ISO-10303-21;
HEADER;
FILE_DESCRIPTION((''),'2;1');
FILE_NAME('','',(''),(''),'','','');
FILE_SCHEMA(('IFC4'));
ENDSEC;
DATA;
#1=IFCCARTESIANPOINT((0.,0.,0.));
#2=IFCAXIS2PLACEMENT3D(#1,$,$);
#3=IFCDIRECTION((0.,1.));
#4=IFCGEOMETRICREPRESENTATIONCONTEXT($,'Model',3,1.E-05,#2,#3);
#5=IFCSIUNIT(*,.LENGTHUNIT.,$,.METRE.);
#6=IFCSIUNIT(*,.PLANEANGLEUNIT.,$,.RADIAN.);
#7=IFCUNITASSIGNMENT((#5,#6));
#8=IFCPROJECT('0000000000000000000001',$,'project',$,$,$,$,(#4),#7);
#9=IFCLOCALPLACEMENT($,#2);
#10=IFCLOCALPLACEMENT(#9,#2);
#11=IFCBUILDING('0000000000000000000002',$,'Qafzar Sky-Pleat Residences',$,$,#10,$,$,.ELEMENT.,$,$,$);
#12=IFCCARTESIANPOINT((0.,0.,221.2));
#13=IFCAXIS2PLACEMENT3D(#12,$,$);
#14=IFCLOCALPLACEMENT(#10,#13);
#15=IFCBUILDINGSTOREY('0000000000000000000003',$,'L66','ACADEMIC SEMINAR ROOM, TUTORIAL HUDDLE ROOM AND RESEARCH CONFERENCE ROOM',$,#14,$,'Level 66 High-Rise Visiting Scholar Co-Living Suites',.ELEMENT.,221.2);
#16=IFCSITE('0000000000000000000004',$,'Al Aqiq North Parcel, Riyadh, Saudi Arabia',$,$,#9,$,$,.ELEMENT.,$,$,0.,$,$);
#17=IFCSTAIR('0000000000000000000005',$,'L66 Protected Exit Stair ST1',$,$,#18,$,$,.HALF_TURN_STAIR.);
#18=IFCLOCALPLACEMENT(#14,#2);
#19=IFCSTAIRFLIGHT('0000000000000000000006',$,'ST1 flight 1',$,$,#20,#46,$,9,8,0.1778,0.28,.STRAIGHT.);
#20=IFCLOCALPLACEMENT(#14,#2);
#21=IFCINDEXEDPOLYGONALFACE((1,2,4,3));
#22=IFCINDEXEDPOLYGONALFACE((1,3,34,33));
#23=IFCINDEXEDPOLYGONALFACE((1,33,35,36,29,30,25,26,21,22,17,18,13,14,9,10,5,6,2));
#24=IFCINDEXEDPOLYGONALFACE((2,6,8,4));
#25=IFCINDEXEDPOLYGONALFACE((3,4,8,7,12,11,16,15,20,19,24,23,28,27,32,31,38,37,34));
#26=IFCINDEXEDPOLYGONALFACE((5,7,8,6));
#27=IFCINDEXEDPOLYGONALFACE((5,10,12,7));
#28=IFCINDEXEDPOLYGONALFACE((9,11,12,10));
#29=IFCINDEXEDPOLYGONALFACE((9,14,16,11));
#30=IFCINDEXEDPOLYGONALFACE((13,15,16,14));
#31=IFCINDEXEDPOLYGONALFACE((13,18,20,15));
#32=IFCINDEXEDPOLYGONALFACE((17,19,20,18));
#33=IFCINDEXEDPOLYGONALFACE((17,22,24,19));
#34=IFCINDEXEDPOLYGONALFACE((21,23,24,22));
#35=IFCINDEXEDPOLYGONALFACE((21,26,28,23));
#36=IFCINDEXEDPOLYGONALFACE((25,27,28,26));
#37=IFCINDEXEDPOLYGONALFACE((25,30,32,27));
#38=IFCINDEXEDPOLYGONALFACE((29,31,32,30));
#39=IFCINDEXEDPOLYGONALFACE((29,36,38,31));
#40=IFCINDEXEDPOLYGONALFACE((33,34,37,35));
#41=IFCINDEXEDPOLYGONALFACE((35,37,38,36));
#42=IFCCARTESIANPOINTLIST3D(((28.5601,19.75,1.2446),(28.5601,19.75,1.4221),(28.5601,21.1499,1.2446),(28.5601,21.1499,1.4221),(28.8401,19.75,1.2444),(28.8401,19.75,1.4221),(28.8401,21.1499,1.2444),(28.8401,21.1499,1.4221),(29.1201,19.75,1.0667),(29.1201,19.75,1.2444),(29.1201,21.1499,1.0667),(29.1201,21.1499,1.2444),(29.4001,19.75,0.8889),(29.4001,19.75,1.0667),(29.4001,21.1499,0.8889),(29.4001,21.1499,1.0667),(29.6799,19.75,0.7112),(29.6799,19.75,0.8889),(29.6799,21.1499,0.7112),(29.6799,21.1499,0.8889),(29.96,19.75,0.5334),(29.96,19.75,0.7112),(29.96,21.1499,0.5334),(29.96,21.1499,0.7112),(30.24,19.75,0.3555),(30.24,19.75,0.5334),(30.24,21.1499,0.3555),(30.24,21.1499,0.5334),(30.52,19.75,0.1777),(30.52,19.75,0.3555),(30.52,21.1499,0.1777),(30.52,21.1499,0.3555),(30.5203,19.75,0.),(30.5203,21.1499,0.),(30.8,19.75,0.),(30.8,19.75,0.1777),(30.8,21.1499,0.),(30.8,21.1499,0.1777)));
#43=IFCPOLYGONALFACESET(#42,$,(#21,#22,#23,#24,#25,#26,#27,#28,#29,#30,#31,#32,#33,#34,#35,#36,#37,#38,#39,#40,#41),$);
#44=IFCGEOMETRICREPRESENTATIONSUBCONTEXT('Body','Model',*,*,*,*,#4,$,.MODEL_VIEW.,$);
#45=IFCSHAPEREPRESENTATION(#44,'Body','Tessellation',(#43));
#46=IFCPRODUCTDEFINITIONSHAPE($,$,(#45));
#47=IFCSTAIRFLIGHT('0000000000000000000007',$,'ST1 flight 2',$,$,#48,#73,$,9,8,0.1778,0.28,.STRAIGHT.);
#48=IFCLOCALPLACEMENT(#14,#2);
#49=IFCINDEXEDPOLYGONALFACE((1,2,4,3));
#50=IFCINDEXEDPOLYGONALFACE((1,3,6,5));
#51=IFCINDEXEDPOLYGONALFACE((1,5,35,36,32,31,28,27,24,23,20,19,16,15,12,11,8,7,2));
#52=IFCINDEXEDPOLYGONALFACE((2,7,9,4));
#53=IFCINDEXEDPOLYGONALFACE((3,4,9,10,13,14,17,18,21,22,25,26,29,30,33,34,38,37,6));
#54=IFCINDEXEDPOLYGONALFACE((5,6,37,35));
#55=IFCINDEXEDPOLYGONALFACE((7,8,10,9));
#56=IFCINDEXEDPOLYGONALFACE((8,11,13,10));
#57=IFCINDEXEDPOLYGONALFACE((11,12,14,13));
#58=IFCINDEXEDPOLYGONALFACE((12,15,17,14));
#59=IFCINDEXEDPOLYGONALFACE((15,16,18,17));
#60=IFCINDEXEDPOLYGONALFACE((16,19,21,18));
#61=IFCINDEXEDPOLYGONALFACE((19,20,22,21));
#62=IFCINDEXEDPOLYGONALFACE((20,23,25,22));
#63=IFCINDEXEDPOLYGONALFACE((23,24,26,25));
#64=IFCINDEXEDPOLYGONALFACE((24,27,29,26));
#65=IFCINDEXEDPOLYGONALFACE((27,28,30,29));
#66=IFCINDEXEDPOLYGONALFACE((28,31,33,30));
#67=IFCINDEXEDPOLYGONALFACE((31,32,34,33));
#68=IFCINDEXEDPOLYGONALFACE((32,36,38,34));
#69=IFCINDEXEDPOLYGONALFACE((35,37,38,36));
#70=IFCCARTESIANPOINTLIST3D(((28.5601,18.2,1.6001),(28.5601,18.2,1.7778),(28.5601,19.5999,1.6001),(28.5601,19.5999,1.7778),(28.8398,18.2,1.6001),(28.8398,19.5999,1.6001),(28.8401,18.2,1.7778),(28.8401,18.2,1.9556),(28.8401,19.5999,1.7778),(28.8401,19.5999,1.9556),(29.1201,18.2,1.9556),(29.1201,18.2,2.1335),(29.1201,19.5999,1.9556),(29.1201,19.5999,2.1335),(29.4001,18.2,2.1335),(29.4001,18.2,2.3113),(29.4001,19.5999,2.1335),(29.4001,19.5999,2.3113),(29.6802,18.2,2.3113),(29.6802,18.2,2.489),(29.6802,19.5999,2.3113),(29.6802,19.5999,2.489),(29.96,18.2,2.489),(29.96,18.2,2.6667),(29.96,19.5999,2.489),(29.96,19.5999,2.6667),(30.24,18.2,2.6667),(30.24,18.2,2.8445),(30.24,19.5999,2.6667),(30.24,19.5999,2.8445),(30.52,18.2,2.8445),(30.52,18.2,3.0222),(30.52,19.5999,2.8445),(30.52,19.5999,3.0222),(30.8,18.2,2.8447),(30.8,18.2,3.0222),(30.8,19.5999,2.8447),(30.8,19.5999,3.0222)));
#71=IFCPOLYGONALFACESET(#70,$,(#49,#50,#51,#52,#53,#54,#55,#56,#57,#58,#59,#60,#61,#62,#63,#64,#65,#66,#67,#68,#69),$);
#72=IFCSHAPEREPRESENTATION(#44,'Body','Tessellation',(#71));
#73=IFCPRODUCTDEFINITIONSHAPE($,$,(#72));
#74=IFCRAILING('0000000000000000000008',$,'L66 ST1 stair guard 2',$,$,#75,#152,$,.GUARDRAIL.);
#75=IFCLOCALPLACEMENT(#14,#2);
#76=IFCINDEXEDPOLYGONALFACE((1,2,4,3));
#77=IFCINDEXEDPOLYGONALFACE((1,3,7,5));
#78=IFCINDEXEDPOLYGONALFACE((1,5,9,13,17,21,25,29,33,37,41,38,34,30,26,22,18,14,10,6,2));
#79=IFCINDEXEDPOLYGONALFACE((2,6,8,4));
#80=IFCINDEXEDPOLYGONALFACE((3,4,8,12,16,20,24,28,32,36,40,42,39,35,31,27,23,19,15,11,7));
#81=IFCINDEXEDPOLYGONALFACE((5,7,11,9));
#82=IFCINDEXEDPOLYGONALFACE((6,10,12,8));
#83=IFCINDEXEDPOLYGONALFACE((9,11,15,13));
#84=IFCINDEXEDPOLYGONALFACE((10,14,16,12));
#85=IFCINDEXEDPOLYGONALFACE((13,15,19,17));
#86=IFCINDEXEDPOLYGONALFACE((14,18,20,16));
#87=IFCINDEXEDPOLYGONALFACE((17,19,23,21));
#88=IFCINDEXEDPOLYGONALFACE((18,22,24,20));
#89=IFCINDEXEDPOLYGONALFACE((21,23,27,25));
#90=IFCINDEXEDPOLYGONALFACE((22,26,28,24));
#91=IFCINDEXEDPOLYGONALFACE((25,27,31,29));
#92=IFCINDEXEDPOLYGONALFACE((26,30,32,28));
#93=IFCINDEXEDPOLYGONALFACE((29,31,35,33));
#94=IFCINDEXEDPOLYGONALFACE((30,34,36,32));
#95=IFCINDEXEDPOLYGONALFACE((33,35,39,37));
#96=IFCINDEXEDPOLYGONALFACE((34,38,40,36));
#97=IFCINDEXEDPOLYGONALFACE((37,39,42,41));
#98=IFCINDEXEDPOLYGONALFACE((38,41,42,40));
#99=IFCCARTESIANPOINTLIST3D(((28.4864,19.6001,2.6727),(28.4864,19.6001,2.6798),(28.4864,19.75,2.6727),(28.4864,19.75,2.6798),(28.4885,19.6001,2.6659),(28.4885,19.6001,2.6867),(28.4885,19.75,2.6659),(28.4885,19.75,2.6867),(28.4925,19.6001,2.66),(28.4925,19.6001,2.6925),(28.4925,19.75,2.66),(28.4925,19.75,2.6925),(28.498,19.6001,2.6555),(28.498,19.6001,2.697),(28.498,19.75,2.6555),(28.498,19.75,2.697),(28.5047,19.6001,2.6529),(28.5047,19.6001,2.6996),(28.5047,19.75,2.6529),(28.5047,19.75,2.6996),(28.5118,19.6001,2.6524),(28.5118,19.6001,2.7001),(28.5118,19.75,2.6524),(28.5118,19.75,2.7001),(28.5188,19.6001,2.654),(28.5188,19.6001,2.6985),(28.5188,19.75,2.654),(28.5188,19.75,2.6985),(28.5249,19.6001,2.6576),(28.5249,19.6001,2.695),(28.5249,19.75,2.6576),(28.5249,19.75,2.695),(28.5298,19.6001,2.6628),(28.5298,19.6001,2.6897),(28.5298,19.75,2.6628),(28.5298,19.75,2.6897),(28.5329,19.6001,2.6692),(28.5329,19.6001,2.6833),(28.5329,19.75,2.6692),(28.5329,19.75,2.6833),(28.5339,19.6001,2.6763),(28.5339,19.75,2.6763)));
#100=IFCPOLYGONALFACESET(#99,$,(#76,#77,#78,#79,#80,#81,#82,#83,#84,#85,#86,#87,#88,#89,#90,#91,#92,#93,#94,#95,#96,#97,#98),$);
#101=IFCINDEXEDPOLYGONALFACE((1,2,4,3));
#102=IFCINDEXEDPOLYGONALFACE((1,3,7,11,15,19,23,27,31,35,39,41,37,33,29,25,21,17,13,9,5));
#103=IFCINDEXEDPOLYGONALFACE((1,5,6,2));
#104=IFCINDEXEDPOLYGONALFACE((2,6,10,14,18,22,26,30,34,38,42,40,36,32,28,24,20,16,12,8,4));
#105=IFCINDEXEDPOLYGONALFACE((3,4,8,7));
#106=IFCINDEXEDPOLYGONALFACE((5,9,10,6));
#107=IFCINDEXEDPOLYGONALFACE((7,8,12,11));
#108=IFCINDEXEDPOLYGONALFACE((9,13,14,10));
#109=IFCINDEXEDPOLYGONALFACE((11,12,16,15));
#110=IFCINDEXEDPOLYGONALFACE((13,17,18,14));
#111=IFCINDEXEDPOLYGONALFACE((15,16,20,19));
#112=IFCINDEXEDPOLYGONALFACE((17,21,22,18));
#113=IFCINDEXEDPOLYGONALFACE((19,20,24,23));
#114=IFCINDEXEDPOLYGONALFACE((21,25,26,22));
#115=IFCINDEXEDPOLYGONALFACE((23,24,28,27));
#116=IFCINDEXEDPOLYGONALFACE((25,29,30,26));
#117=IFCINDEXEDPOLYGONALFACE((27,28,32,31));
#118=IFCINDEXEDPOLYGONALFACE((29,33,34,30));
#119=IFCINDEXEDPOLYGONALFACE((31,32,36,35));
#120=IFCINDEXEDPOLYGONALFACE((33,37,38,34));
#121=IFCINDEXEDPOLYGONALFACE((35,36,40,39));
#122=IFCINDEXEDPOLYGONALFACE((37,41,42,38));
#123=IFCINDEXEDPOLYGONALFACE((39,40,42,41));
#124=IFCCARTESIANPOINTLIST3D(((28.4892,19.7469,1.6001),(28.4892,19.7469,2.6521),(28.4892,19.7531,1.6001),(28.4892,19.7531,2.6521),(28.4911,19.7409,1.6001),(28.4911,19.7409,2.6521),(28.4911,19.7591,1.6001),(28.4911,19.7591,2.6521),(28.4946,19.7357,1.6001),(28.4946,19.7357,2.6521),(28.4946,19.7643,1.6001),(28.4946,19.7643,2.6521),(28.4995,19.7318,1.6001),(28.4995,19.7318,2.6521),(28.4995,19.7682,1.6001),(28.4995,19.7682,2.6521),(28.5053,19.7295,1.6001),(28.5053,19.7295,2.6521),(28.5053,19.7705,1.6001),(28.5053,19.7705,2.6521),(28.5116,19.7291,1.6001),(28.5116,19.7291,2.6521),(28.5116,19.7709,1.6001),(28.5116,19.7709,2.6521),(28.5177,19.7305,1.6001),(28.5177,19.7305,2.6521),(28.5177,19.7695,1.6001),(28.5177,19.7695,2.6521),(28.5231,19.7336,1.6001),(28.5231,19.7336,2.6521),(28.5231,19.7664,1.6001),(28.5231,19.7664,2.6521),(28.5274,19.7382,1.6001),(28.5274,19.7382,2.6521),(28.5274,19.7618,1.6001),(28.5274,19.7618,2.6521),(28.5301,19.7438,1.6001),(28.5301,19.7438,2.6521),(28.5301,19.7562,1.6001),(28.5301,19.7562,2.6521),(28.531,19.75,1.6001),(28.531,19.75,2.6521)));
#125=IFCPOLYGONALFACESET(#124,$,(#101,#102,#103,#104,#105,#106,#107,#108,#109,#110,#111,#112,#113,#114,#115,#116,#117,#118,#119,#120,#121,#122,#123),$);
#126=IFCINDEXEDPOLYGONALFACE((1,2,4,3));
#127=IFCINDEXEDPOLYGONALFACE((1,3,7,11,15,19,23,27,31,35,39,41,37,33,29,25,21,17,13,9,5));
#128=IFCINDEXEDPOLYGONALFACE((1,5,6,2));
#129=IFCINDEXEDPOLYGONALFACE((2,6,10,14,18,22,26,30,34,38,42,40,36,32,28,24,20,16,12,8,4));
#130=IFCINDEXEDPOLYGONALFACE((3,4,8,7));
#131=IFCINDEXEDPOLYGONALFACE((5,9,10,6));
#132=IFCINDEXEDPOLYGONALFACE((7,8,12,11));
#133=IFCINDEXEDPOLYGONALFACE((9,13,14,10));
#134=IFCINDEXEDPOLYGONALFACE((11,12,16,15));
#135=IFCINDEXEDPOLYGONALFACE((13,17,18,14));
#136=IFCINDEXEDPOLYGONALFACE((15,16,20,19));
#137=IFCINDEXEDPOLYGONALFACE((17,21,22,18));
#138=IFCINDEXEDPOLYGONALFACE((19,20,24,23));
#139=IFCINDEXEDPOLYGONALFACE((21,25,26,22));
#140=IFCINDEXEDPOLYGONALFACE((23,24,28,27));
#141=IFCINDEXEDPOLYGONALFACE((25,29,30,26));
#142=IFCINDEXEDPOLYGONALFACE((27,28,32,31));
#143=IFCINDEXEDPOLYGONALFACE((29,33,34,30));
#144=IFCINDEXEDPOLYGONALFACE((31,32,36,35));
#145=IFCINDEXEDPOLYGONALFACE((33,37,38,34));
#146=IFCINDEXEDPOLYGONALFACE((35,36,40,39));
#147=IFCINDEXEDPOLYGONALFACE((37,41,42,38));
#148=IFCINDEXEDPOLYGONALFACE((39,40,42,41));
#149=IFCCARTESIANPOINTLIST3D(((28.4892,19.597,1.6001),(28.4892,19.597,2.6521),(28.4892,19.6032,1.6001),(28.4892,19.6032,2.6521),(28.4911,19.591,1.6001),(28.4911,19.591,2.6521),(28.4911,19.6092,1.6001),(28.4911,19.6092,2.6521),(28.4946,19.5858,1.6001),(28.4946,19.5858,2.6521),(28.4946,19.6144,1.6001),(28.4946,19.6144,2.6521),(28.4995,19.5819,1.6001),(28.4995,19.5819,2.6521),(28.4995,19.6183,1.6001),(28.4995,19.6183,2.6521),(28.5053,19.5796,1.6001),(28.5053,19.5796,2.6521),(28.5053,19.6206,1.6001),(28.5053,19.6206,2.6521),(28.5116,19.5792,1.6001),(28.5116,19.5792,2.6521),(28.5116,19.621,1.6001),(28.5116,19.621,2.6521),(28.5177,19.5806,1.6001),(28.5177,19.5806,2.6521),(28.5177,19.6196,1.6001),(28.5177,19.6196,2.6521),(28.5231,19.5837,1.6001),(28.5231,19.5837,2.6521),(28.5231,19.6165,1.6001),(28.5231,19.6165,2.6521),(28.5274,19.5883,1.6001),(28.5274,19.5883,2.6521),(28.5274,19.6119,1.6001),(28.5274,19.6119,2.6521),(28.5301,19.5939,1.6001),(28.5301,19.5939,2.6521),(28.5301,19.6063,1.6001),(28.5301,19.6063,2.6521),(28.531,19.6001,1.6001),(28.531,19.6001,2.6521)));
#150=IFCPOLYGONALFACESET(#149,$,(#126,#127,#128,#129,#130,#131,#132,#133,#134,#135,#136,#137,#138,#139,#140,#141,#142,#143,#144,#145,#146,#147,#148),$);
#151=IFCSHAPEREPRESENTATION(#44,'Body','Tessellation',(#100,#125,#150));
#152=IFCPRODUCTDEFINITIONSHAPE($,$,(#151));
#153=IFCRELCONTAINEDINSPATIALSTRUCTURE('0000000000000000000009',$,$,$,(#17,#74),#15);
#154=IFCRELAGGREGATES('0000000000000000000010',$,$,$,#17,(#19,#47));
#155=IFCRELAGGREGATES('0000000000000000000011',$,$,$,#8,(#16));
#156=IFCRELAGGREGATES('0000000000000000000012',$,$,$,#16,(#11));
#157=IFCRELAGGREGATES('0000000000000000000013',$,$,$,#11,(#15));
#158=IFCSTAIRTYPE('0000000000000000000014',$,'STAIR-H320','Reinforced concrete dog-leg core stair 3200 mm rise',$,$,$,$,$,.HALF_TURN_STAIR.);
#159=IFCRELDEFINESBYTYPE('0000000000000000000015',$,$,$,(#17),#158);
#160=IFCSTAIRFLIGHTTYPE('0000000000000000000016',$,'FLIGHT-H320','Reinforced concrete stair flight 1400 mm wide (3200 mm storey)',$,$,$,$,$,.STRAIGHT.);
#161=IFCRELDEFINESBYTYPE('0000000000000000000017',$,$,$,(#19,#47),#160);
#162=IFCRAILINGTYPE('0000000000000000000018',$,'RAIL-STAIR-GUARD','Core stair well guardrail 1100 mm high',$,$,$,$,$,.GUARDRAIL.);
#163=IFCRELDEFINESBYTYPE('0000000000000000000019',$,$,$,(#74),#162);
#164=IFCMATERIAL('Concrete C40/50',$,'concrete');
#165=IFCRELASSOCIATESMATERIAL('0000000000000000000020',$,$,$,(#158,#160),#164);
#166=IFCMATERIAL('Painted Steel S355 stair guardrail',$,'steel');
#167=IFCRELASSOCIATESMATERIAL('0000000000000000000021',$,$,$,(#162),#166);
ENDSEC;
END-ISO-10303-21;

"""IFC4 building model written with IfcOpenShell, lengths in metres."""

from ifc_helpers import new_model, si_unit, direction, frame, origin, origin_2d, place, context, subcontext, project, spatial, polyline, circle, outline, extrude, source, transform, mapped, material, type_object, element, aggregate, save


model = new_model("IFC4")

# Units and contexts
model_context = context("Model", 3, precision=1e-05, world=origin(), true_north=direction((0.0, 1.0)))
body_context = subcontext(model_context, "Body", "Model", "MODEL_VIEW")
ifc_project = project(units=[si_unit("LENGTHUNIT", "METRE"), si_unit("PLANEANGLEUNIT", "RADIAN")], contexts=[model_context])

# Site, building, storey
site_placement = place(None, origin())
site = spatial("IfcSite", under=ifc_project, at=site_placement, Name="Al Aqiq North Parcel, Riyadh, Saudi Arabia", CompositionType="ELEMENT", RefElevation=0.0)
building_placement = place(site_placement, origin())
building = spatial("IfcBuilding", under=site, at=building_placement, Name="Qafzar Sky-Pleat Residences", CompositionType="ELEMENT")
storey_placement = place(building_placement, frame((0.0, 0.0, 221.2)))
storey = spatial("IfcBuildingStorey", under=building, at=storey_placement, Name="L66", Description="ACADEMIC SEMINAR ROOM, TUTORIAL HUDDLE ROOM AND RESEARCH CONFERENCE ROOM", LongName="Level 66 High-Rise Visiting Scholar Co-Living Suites", CompositionType="ELEMENT", Elevation=221.2)

# Stair, stair flights
ifc_material_1 = material(Name="Concrete C40/50", Category="concrete")
stair_type = type_object("IfcStairType", Name="STAIR-H320", Description="Reinforced concrete dog-leg core stair 3200 mm rise", PredefinedType="HALF_TURN_STAIR", material=ifc_material_1)
stair_placement = place(storey_placement, origin())
stair = element("IfcStair", 1, at=stair_placement, inside=storey, type_object=stair_type, Name="L66 Protected Exit Stair ST1", PredefinedType="HALF_TURN_STAIR")
stair_flight_type = type_object("IfcStairFlightType", Name="FLIGHT-H320", Description="Reinforced concrete stair flight 1400 mm wide (3200 mm storey)", PredefinedType="STRAIGHT", material=ifc_material_1)
shared_shape_1 = source(origin(), body_context, "Body", "SweptSolid", [
    extrude(outline(polyline([(0.0, 0.0), (0.0, 0.1777), (0.28, 0.1777), (0.28, 0.3555), (0.5601, 0.3555), (0.5601, 0.5334), (0.8401, 0.5334), (0.8401, 0.7112), (1.1201, 0.7112), (1.1201, 0.8889), (1.3999, 0.8889), (1.3999, 1.0667), (1.6799, 1.0667), (1.6799, 1.2444), (1.96, 1.2444), (1.96, 1.4221), (2.24, 1.4221), (2.24, 1.6001), (2.24, 1.2446), (0.2798, 0.0), (0.0, 0.0)])), frame((0.0, 0.7, 0.0), z_axis=(0.0, -1.0, 0.0), x_axis=(1.0, 0.0, 0.0)), (0.0, 0.0, 1.0), 1.3999),
])
stair_flight_1_placement = place(storey_placement, frame((30.8, 20.45, 0.0), z_axis=(0.0, 0.0, 1.0), x_axis=(-1.0, 0.0, 0.0)))
stair_flight_1 = element("IfcStairFlight", 2, at=stair_flight_1_placement, type_object=stair_flight_type, Name="ST1 flight 1", NumberOfRisers=9, NumberOfTreads=8, PredefinedType="STRAIGHT", RiserHeight=0.1778, TreadLength=0.28, context=body_context, shape_type="MappedRepresentation", body=[
    mapped(shared_shape_1, transform((0.0, 0.0, 0.0), x_axis=(1.0, 0.0, 0.0), y_axis=(0.0, 1.0, 0.0), z_axis=(0.0, 0.0, 1.0), scale=1.0)),
])
stair_flight_2_placement = place(storey_placement, frame((28.5601, 18.8999, 1.6001), z_axis=(0.0, 0.0, 1.0), x_axis=(1.0, 0.0, 0.0)))
stair_flight_2 = element("IfcStairFlight", 3, at=stair_flight_2_placement, type_object=stair_flight_type, Name="ST1 flight 2", NumberOfRisers=9, NumberOfTreads=8, PredefinedType="STRAIGHT", RiserHeight=0.1778, TreadLength=0.28, context=body_context, shape_type="MappedRepresentation", body=[
    mapped(shared_shape_1, transform((0.0, 0.0, 0.0), x_axis=(1.0, 0.0, 0.0), y_axis=(0.0, 1.0, 0.0), z_axis=(0.0, 0.0, 1.0), scale=1.0)),
])
aggregate(stair, [stair_flight_1, stair_flight_2])

# Railing
ifc_material_2 = material(Name="Painted Steel S355 stair guardrail", Category="steel")
railing_type_1 = type_object("IfcRailingType", Name="RAIL-STAIR-GUARD", Description="Core stair well guardrail 1100 mm high", PredefinedType="GUARDRAIL", material=ifc_material_2)
shared_shape_2 = source(origin(), body_context, "Body", "SweptSolid", [
    extrude(circle(Radius=0.0239, at=origin_2d()), frame((0.0, 0.0, 1.0762), z_axis=(0.0, -1.0, 0.0), x_axis=(1.0, 0.0, 0.0)), (0.0, 0.0, 1.0), 0.1499),
    extrude(circle(Radius=0.021, at=origin_2d()), origin(), (0.0, 0.0, 1.0), 1.052),
    extrude(circle(Radius=0.021, at=origin_2d()), frame((0.0, -0.1499, 0.0)), (0.0, 0.0, 1.0), 1.052),
])
for number, where, name in (
    (4, (28.51, 19.75, 1.6001), "L66 ST1 stair guard 2"),
):
    element("IfcRailing", number, at=place(storey_placement, frame(where)), inside=storey, type_object=railing_type_1, Name=name, PredefinedType="GUARDRAIL", context=body_context, shape_type="MappedRepresentation", body=[
        mapped(shared_shape_2, transform((0.0, 0.0, 0.0), x_axis=(1.0, 0.0, 0.0), y_axis=(0.0, 1.0, 0.0), z_axis=(0.0, 0.0, 1.0), scale=1.0)),
    ])

save(model, "model.ifc")
